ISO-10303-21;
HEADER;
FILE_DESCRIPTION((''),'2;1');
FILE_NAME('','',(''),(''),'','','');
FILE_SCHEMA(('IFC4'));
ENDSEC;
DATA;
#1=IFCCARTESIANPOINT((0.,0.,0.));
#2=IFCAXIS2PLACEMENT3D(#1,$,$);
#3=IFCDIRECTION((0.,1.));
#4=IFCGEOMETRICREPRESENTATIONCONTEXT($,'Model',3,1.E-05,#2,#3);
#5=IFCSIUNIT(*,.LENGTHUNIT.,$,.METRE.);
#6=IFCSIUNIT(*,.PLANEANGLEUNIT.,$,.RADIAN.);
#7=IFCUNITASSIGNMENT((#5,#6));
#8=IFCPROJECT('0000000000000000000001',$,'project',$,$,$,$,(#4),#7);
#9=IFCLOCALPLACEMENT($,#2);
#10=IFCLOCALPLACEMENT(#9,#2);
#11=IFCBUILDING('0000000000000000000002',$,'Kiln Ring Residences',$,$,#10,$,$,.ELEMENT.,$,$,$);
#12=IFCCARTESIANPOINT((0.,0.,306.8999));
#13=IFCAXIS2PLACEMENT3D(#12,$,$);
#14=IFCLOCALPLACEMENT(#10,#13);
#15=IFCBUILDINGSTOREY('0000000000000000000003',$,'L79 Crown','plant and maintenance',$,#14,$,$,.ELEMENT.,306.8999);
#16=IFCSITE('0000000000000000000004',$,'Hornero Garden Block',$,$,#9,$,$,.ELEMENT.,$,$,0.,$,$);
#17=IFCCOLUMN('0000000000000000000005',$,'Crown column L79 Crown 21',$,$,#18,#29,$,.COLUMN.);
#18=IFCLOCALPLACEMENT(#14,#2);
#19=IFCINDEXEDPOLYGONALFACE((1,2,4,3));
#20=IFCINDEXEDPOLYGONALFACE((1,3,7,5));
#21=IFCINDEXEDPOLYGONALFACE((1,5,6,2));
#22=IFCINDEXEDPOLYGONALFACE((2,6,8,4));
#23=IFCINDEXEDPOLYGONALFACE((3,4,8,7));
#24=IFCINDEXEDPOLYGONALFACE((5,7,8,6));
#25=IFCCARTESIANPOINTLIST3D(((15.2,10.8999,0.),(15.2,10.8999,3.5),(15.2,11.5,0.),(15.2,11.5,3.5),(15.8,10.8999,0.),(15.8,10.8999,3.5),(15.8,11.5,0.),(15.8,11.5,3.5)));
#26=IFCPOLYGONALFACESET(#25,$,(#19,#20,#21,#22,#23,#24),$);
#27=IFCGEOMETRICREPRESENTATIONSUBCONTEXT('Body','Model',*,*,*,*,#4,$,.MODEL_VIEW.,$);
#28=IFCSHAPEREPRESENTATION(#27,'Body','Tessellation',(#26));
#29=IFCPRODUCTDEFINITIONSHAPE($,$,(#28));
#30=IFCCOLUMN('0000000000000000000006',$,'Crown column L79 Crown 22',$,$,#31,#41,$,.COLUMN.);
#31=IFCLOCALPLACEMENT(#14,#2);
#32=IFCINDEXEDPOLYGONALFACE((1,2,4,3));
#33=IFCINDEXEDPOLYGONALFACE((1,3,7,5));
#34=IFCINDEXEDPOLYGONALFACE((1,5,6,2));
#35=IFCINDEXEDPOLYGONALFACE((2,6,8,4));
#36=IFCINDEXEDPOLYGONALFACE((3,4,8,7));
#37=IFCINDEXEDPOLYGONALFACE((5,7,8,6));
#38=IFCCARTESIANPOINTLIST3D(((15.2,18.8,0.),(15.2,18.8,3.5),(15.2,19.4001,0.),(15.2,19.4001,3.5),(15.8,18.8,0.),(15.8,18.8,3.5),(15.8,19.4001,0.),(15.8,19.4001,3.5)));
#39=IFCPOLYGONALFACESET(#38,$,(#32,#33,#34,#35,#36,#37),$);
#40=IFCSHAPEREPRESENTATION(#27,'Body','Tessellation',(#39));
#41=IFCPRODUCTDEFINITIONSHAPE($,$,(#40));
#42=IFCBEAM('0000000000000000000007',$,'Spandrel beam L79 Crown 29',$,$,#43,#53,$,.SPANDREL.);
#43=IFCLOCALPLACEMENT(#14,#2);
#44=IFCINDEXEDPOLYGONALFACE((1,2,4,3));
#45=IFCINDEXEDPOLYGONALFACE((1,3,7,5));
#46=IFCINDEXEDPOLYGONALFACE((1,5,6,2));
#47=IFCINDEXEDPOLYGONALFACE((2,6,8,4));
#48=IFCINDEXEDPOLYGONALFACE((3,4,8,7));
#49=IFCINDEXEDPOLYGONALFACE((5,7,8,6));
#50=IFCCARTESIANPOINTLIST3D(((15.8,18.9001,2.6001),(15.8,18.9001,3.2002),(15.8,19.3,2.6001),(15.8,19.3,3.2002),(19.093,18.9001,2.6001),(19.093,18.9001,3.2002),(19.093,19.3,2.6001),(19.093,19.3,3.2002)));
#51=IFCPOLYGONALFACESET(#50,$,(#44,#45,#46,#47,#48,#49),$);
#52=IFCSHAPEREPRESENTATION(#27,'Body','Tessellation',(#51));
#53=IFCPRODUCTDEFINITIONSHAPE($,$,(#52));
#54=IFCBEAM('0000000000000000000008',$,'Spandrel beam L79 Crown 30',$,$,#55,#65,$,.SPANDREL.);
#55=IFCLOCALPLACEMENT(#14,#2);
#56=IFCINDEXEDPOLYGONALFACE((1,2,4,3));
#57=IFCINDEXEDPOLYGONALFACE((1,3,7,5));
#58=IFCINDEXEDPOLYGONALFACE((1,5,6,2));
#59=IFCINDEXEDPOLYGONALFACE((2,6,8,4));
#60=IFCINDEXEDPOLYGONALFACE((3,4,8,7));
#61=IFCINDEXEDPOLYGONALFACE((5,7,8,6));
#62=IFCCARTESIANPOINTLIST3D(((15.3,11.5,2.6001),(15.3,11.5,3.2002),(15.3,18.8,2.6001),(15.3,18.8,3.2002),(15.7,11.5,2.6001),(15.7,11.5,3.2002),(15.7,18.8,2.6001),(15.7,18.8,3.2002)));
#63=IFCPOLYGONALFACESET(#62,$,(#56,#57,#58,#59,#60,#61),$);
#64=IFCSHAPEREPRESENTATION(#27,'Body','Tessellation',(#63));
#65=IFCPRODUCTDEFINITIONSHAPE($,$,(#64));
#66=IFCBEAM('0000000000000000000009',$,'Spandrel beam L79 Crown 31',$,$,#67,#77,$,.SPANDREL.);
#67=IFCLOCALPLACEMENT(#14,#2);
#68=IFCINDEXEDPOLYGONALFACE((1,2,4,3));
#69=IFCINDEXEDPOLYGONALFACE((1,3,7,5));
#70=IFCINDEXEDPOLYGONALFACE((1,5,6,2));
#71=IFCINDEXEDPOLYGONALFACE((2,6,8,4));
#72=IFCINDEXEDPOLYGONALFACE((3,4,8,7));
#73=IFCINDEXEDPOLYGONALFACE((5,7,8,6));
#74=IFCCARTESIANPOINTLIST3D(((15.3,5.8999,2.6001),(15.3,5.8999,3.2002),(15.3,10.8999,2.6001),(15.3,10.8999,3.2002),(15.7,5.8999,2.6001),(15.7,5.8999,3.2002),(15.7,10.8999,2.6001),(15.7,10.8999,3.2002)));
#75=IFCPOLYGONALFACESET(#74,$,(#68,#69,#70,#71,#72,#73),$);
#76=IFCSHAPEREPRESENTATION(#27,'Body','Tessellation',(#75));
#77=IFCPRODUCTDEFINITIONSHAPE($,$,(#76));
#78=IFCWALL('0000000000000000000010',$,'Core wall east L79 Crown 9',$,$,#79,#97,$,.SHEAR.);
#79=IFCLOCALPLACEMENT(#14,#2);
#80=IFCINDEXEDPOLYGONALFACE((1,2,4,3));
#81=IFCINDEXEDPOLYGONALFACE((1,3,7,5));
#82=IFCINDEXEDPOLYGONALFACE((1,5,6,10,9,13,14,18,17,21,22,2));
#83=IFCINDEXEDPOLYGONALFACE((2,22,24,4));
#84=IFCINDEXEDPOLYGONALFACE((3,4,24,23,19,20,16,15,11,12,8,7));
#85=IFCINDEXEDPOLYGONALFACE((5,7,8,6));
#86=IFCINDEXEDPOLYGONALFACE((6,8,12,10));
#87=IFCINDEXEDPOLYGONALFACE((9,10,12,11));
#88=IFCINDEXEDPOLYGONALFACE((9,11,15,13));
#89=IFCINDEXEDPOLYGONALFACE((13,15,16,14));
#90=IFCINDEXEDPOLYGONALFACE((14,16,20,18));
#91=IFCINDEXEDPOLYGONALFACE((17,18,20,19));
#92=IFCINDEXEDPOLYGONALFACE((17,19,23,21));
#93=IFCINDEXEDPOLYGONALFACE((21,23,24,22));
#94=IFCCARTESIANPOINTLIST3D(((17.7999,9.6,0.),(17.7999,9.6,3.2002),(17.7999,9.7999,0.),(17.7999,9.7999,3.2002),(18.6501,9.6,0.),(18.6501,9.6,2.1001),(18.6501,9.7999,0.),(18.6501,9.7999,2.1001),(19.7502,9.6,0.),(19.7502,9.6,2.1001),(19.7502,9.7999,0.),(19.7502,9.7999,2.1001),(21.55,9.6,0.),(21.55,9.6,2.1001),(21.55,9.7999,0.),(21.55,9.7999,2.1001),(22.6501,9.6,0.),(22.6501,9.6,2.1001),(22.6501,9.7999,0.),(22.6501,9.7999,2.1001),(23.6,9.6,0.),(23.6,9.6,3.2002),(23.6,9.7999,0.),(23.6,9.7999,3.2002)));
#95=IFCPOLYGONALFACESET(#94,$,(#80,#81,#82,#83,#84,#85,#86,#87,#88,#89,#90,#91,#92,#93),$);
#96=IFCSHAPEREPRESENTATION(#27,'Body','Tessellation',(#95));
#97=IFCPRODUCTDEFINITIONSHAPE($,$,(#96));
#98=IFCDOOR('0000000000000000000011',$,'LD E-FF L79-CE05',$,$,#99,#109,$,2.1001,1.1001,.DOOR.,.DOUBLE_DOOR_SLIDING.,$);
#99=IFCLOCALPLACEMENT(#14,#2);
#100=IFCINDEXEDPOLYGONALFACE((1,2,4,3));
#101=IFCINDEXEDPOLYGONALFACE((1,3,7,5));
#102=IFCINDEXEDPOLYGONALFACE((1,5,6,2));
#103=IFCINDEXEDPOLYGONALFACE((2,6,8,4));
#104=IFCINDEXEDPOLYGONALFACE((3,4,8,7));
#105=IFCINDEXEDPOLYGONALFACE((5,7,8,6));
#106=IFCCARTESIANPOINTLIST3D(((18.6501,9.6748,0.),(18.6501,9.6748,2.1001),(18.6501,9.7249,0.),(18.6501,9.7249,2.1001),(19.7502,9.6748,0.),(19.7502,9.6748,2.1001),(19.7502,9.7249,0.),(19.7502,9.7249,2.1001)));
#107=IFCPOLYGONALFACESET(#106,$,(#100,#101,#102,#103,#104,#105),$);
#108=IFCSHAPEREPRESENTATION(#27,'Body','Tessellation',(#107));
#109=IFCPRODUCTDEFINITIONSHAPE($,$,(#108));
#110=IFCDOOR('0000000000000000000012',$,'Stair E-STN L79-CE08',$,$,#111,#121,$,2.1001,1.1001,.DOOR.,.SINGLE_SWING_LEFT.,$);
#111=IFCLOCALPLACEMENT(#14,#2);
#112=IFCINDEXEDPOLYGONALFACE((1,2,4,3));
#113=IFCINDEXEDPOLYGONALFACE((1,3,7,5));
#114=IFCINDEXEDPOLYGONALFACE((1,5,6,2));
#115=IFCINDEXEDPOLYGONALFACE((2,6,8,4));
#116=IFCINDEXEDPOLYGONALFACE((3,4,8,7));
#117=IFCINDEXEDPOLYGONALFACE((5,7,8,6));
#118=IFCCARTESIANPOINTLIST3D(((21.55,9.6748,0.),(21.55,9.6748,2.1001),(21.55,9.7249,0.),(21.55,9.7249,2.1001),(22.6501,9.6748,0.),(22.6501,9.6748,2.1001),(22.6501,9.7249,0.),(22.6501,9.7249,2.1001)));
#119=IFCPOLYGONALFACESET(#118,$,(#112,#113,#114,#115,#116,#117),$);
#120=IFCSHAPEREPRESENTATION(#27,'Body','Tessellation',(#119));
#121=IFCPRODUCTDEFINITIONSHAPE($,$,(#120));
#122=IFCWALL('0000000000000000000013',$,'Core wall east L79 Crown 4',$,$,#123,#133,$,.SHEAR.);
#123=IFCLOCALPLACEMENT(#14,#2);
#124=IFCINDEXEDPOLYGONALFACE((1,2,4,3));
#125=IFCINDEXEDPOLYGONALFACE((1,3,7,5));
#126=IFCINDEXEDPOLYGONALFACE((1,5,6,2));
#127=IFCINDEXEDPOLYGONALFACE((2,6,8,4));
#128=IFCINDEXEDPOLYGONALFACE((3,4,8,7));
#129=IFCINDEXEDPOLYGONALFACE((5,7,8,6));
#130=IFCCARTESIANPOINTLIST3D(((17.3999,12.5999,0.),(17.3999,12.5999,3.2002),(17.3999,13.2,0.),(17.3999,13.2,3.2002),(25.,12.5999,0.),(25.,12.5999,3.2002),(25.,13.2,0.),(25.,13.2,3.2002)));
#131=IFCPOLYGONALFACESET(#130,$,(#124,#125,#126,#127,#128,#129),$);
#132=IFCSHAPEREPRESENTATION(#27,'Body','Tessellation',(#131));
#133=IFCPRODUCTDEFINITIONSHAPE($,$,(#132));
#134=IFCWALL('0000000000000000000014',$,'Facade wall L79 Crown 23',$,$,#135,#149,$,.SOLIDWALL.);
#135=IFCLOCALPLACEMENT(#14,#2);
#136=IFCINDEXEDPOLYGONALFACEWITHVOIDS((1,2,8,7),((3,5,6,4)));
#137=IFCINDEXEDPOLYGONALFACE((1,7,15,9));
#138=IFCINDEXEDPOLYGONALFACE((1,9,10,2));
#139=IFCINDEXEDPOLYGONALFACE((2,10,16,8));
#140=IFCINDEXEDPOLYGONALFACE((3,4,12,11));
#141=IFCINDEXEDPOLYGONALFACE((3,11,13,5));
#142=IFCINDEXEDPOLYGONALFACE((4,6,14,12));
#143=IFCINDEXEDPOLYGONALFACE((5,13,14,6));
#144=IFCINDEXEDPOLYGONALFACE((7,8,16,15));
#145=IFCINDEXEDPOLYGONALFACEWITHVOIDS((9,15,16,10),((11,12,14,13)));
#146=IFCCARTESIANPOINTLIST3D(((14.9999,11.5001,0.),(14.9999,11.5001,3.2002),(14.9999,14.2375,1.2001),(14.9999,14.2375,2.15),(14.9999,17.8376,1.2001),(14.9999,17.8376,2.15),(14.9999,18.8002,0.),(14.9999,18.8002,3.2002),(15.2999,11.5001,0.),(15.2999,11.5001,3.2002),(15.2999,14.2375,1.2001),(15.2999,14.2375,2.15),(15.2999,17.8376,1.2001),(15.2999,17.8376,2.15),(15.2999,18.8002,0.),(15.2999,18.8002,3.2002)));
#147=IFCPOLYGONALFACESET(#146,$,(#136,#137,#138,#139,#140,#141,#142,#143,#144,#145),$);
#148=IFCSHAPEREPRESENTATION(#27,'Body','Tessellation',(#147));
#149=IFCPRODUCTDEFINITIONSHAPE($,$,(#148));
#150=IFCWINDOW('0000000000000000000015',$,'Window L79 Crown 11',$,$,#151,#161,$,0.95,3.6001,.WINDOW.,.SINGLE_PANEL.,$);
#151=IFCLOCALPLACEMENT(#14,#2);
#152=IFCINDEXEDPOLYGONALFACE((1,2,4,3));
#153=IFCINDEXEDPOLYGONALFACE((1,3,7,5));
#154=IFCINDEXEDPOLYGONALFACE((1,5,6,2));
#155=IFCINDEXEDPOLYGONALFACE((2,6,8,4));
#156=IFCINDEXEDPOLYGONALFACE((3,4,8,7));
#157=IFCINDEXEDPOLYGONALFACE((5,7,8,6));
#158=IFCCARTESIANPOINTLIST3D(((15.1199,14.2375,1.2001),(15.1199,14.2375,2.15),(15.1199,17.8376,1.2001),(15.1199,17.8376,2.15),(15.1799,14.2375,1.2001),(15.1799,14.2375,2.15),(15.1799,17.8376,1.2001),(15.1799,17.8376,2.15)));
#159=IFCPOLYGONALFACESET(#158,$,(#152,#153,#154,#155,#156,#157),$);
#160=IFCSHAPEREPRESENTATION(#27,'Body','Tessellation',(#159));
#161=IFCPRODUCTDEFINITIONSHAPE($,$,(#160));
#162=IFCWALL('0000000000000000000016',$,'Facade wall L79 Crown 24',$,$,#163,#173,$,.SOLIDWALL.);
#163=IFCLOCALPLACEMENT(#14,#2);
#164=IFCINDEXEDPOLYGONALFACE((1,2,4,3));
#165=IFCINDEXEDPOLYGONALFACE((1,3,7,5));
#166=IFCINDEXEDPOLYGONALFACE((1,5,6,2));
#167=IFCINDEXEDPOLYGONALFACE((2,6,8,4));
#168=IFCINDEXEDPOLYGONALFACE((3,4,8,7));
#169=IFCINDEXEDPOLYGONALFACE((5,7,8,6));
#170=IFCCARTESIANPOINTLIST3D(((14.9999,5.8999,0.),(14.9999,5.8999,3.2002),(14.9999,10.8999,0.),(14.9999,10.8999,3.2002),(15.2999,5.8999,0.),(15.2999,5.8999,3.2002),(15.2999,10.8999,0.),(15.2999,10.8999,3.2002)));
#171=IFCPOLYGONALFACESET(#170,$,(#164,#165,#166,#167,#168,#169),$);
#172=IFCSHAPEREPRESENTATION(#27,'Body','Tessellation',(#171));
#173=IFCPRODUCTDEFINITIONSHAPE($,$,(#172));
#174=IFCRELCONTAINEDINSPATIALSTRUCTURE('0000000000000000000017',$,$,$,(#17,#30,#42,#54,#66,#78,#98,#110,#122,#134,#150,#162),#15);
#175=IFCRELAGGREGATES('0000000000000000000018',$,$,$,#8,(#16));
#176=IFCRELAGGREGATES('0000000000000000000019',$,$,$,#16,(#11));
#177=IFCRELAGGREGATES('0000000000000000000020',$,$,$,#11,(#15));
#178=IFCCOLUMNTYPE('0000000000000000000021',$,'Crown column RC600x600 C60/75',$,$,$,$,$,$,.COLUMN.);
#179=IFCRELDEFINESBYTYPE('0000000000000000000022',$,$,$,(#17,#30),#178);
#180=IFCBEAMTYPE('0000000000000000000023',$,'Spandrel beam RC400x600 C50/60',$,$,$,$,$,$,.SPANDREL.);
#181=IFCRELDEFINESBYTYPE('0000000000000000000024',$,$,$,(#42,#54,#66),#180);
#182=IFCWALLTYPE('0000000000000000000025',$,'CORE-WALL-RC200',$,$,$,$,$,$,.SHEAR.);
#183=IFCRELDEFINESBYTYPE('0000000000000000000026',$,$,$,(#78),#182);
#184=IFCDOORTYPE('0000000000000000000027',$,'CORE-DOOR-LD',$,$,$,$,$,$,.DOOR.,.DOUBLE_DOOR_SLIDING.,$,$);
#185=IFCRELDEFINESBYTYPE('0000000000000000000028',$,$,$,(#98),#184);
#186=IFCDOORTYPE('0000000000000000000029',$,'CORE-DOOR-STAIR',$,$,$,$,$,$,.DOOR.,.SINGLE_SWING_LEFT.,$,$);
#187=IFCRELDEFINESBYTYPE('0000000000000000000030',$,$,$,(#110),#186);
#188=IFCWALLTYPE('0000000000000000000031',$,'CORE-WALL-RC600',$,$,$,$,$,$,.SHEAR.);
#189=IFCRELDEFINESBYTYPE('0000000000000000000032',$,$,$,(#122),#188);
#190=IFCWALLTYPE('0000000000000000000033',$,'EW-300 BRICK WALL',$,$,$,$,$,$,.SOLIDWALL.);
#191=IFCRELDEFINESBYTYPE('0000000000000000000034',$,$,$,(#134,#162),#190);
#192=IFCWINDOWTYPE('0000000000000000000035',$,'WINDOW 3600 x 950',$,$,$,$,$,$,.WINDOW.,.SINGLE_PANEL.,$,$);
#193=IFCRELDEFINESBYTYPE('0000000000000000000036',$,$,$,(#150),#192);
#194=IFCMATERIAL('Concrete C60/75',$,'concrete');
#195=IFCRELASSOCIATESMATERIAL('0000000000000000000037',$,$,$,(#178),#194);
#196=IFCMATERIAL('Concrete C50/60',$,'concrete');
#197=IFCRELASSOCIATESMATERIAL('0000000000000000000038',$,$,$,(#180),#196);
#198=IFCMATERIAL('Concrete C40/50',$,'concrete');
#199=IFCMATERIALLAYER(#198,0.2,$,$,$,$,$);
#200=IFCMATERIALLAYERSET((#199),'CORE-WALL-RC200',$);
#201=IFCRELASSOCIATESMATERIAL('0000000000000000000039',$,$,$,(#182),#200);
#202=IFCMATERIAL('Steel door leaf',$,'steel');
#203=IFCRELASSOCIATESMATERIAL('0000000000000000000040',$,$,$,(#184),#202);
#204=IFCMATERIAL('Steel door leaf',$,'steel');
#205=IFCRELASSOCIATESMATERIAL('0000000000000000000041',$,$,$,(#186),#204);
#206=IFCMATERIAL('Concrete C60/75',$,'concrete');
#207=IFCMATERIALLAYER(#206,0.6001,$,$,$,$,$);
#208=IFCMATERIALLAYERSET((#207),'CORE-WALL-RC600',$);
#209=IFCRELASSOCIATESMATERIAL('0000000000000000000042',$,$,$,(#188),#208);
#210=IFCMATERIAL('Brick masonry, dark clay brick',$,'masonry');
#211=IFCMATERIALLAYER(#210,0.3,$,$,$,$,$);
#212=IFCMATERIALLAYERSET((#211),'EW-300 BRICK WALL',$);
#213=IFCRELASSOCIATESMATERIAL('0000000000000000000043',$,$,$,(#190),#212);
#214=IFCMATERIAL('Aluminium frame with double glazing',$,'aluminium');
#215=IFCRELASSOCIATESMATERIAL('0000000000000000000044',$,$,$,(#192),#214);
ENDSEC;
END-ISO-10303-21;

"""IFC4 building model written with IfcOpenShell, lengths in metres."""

from ifc_helpers import new_model, si_unit, direction, frame, frame_2d, origin, origin_2d, place, context, subcontext, project, spatial, rectangle, extrude, material, layer, layer_set, material_profile, profile_set, type_object, element, fill, save


model = new_model("IFC4")

# Units and contexts
model_context = context("Model", 3, precision=1e-05, world=origin(), true_north=direction((0.0, 1.0)))
body_context = subcontext(model_context, "Body", "Model", "MODEL_VIEW")
ifc_project = project(units=[si_unit("LENGTHUNIT", "METRE"), si_unit("PLANEANGLEUNIT", "RADIAN")], contexts=[model_context])

# Site, building, storey
site_placement = place(None, origin())
site = spatial("IfcSite", under=ifc_project, at=site_placement, Name="Hornero Garden Block", CompositionType="ELEMENT", RefElevation=0.0)
building_placement = place(site_placement, origin())
building = spatial("IfcBuilding", under=site, at=building_placement, Name="Kiln Ring Residences", CompositionType="ELEMENT")
storey_placement = place(building_placement, frame((0.0, 0.0, 306.8999)))
storey = spatial("IfcBuildingStorey", under=building, at=storey_placement, Name="L79 Crown", Description="plant and maintenance", CompositionType="ELEMENT", Elevation=306.8999)

# Columns
ifc_material_1 = material(Name="Concrete C60/75", Category="concrete")
ifc_material_profile_1 = material_profile(ifc_material_1, rectangle(XDim=0.6001, YDim=0.6001, at=origin_2d()), Name="RC600x600")
ifc_profile_set_1 = profile_set([ifc_material_profile_1], Name="Concrete C60/75")
column_type = type_object("IfcColumnType", Name="Crown column RC600x600 C60/75", PredefinedType="COLUMN", material=ifc_profile_set_1)
for number, where, z_axis, x_axis, name in (
    (1, (15.5, 11.2, 0.0), (0.0, 0.0, 1.0), (1.0, 0.0, 0.0), "Crown column L79 Crown 21"),
    (2, (15.5, 19.1001, 0.0), (0.0, 0.0, 1.0), (1.0, 0.0, 0.0), "Crown column L79 Crown 22"),
):
    element("IfcColumn", number, at=place(storey_placement, frame(where, z_axis=z_axis, x_axis=x_axis)), inside=storey, type_object=column_type, Name=name, PredefinedType="COLUMN", context=body_context, shape_type="SweptSolid", body=[
        extrude(rectangle(XDim=0.6001, YDim=0.6001, at=origin_2d()), origin(), (0.0, 0.0, 1.0), 3.5),
    ])

# Beams
ifc_material_2 = material(Name="Concrete C50/60", Category="concrete")
ifc_material_profile_2 = material_profile(ifc_material_2, rectangle(XDim=0.3999, YDim=0.6001, at=origin_2d()), Name="RC400x600")
ifc_profile_set_2 = profile_set([ifc_material_profile_2], Name="Concrete C50/60")
beam_type = type_object("IfcBeamType", Name="Spandrel beam RC400x600 C50/60", PredefinedType="SPANDREL", material=ifc_profile_set_2)
beam_1_placement = place(storey_placement, frame((19.093, 19.1001, 2.9001), z_axis=(-1.0, 0.0, 0.0), x_axis=(0.0, -1.0, 0.0)))
element("IfcBeam", 3, at=beam_1_placement, inside=storey, type_object=beam_type, Name="Spandrel beam L79 Crown 29", PredefinedType="SPANDREL", context=body_context, shape_type="SweptSolid", body=[
    extrude(rectangle(XDim=0.3999, YDim=0.6001, at=origin_2d()), origin(), (0.0, 0.0, 1.0), 3.293),
])
beam_2_placement = place(storey_placement, frame((15.5, 18.8, 2.9001), z_axis=(0.0, -1.0, 0.0), x_axis=(1.0, 0.0, 0.0)))
element("IfcBeam", 4, at=beam_2_placement, inside=storey, type_object=beam_type, Name="Spandrel beam L79 Crown 30", PredefinedType="SPANDREL", context=body_context, shape_type="SweptSolid", body=[
    extrude(rectangle(XDim=0.3999, YDim=0.6001, at=origin_2d()), origin(), (0.0, 0.0, 1.0), 7.3),
])
beam_3_placement = place(storey_placement, frame((15.5, 10.8999, 2.9001), z_axis=(0.0, -1.0, 0.0), x_axis=(1.0, 0.0, 0.0)))
element("IfcBeam", 5, at=beam_3_placement, inside=storey, type_object=beam_type, Name="Spandrel beam L79 Crown 31", PredefinedType="SPANDREL", context=body_context, shape_type="SweptSolid", body=[
    extrude(rectangle(XDim=0.3999, YDim=0.6001, at=origin_2d()), origin(), (0.0, 0.0, 1.0), 5.0),
])

# Wall, openings, doors
ifc_material_3 = material(Name="Concrete C40/50", Category="concrete")
ifc_layer_1 = layer(ifc_material_3, 0.2)
ifc_layer_set_1 = layer_set([ifc_layer_1], Name="CORE-WALL-RC200")
wall_type_1 = type_object("IfcWallType", Name="CORE-WALL-RC200", PredefinedType="SHEAR", material=ifc_layer_set_1)
wall_1_placement = place(storey_placement, frame((17.8, 9.7, 0.0), z_axis=(0.0, 0.0, 1.0), x_axis=(1.0, 0.0, 0.0)))
wall_1 = element("IfcWall", 6, at=wall_1_placement, inside=storey, type_object=wall_type_1, Name="Core wall east L79 Crown 9", PredefinedType="SHEAR", context=body_context, shape_type="SweptSolid", body=[
    extrude(rectangle(XDim=5.8, YDim=0.2, at=frame_2d((2.8999, 0.0))), origin(), (0.0, 0.0, 1.0), 3.2002),
])
opening_1_placement = place(wall_1_placement, frame((0.8501, 0.0, 0.0)))
opening_1 = element("IfcOpeningElement", 7, at=opening_1_placement, cuts=wall_1, PredefinedType="OPENING", context=body_context, shape_type="SweptSolid", body=[
    extrude(rectangle(XDim=1.1001, YDim=2.1001, at=frame_2d((0.55, 1.05))), frame((0.0, 0.1099, 0.0), z_axis=(0.0, -1.0, 0.0), x_axis=(1.0, 0.0, 0.0)), (0.0, 0.0, 1.0), 0.22),
])
opening_2_placement = place(wall_1_placement, frame((3.75, 0.0, 0.0)))
opening_2 = element("IfcOpeningElement", 8, at=opening_2_placement, cuts=wall_1, PredefinedType="OPENING", context=body_context, shape_type="SweptSolid", body=[
    extrude(rectangle(XDim=1.1001, YDim=2.1001, at=frame_2d((0.55, 1.05))), frame((0.0, 0.1099, 0.0), z_axis=(0.0, -1.0, 0.0), x_axis=(1.0, 0.0, 0.0)), (0.0, 0.0, 1.0), 0.22),
])
ifc_material_4 = material(Name="Steel door leaf", Category="steel")
door_type_1 = type_object("IfcDoorType", Name="CORE-DOOR-LD", OperationType="DOUBLE_DOOR_SLIDING", PredefinedType="DOOR", material=ifc_material_4)
door_1_placement = place(opening_1_placement, origin())
door_1 = element("IfcDoor", 9, at=door_1_placement, inside=storey, type_object=door_type_1, Name="LD E-FF L79-CE05", OperationType="DOUBLE_DOOR_SLIDING", OverallHeight=2.1001, OverallWidth=1.1001, PredefinedType="DOOR", context=body_context, shape_type="SweptSolid", body=[
    extrude(rectangle(XDim=1.1001, YDim=2.1001, at=frame_2d((0.55, 1.05))), frame((0.0, 0.0249, 0.0), z_axis=(0.0, -1.0, 0.0), x_axis=(1.0, 0.0, 0.0)), (0.0, 0.0, 1.0), 0.05),
])
fill(opening_1, door_1)
ifc_material_5 = material(Name="Steel door leaf", Category="steel")
door_type_2 = type_object("IfcDoorType", Name="CORE-DOOR-STAIR", OperationType="SINGLE_SWING_LEFT", PredefinedType="DOOR", material=ifc_material_5)
door_2_placement = place(opening_2_placement, origin())
door_2 = element("IfcDoor", 10, at=door_2_placement, inside=storey, type_object=door_type_2, Name="Stair E-STN L79-CE08", OperationType="SINGLE_SWING_LEFT", OverallHeight=2.1001, OverallWidth=1.1001, PredefinedType="DOOR", context=body_context, shape_type="SweptSolid", body=[
    extrude(rectangle(XDim=1.1001, YDim=2.1001, at=frame_2d((0.55, 1.05))), frame((0.0, 0.0249, 0.0), z_axis=(0.0, -1.0, 0.0), x_axis=(1.0, 0.0, 0.0)), (0.0, 0.0, 1.0), 0.05),
])
fill(opening_2, door_2)

# Wall
ifc_material_6 = material(Name="Concrete C60/75", Category="concrete")
ifc_layer_2 = layer(ifc_material_6, 0.6001)
ifc_layer_set_2 = layer_set([ifc_layer_2], Name="CORE-WALL-RC600")
wall_type_2 = type_object("IfcWallType", Name="CORE-WALL-RC600", PredefinedType="SHEAR", material=ifc_layer_set_2)
wall_2_placement = place(storey_placement, frame((17.3999, 12.8999, 0.0), z_axis=(0.0, 0.0, 1.0), x_axis=(1.0, 0.0, 0.0)))
element("IfcWall", 11, at=wall_2_placement, inside=storey, type_object=wall_type_2, Name="Core wall east L79 Crown 4", PredefinedType="SHEAR", context=body_context, shape_type="SweptSolid", body=[
    extrude(rectangle(XDim=7.6001, YDim=0.6001, at=frame_2d((3.8, 0.0))), origin(), (0.0, 0.0, 1.0), 3.2002),
])

# Wall, opening, window
ifc_material_7 = material(Name="Brick masonry, dark clay brick", Category="masonry")
ifc_layer_3 = layer(ifc_material_7, 0.3)
ifc_layer_set_3 = layer_set([ifc_layer_3], Name="EW-300 BRICK WALL")
wall_type_3 = type_object("IfcWallType", Name="EW-300 BRICK WALL", PredefinedType="SOLIDWALL", material=ifc_layer_set_3)
wall_3_placement = place(storey_placement, frame((15.1499, 18.8, 0.0), z_axis=(0.0, 0.0, 1.0), x_axis=(0.0, -1.0, 0.0)))
wall_3 = element("IfcWall", 12, at=wall_3_placement, inside=storey, type_object=wall_type_3, Name="Facade wall L79 Crown 23", PredefinedType="SOLIDWALL", context=body_context, shape_type="SweptSolid", body=[
    extrude(rectangle(XDim=7.3, YDim=0.3, at=frame_2d((3.6499, 0.0))), origin(), (0.0, 0.0, 1.0), 3.2002),
])
opening_3_placement = place(wall_3_placement, frame((0.9624, 0.0, 1.2)))
opening_3 = element("IfcOpeningElement", 13, at=opening_3_placement, cuts=wall_3, PredefinedType="OPENING", context=body_context, shape_type="SweptSolid", body=[
    extrude(rectangle(XDim=3.6001, YDim=0.95, at=frame_2d((1.8, 0.4751))), frame((0.0, 0.1599, 0.0), z_axis=(0.0, -1.0, 0.0), x_axis=(1.0, 0.0, 0.0)), (0.0, 0.0, 1.0), 0.3201),
])
ifc_material_8 = material(Name="Aluminium frame with double glazing", Category="aluminium")
window_type_1 = type_object("IfcWindowType", Name="WINDOW 3600 x 950", PartitioningType="SINGLE_PANEL", PredefinedType="WINDOW", material=ifc_material_8)
window_1_placement = place(opening_3_placement, origin())
window_1 = element("IfcWindow", 14, at=window_1_placement, inside=storey, type_object=window_type_1, Name="Window L79 Crown 11", OverallHeight=0.95, OverallWidth=3.6001, PartitioningType="SINGLE_PANEL", PredefinedType="WINDOW", context=body_context, shape_type="SweptSolid", body=[
    extrude(rectangle(XDim=3.6001, YDim=0.95, at=frame_2d((1.8, 0.4751))), frame((0.0, 0.03, 0.0), z_axis=(0.0, -1.0, 0.0), x_axis=(1.0, 0.0, 0.0)), (0.0, 0.0, 1.0), 0.0601),
])
fill(opening_3, window_1)

# Wall
wall_4_placement = place(storey_placement, frame((15.1499, 10.8999, 0.0), z_axis=(0.0, 0.0, 1.0), x_axis=(0.0, -1.0, 0.0)))
element("IfcWall", 15, at=wall_4_placement, inside=storey, type_object=wall_type_3, Name="Facade wall L79 Crown 24", PredefinedType="SOLIDWALL", context=body_context, shape_type="SweptSolid", body=[
    extrude(rectangle(XDim=5.0, YDim=0.3, at=frame_2d((2.5, 0.0))), origin(), (0.0, 0.0, 1.0), 3.2002),
])

save(model, "model.ifc")
